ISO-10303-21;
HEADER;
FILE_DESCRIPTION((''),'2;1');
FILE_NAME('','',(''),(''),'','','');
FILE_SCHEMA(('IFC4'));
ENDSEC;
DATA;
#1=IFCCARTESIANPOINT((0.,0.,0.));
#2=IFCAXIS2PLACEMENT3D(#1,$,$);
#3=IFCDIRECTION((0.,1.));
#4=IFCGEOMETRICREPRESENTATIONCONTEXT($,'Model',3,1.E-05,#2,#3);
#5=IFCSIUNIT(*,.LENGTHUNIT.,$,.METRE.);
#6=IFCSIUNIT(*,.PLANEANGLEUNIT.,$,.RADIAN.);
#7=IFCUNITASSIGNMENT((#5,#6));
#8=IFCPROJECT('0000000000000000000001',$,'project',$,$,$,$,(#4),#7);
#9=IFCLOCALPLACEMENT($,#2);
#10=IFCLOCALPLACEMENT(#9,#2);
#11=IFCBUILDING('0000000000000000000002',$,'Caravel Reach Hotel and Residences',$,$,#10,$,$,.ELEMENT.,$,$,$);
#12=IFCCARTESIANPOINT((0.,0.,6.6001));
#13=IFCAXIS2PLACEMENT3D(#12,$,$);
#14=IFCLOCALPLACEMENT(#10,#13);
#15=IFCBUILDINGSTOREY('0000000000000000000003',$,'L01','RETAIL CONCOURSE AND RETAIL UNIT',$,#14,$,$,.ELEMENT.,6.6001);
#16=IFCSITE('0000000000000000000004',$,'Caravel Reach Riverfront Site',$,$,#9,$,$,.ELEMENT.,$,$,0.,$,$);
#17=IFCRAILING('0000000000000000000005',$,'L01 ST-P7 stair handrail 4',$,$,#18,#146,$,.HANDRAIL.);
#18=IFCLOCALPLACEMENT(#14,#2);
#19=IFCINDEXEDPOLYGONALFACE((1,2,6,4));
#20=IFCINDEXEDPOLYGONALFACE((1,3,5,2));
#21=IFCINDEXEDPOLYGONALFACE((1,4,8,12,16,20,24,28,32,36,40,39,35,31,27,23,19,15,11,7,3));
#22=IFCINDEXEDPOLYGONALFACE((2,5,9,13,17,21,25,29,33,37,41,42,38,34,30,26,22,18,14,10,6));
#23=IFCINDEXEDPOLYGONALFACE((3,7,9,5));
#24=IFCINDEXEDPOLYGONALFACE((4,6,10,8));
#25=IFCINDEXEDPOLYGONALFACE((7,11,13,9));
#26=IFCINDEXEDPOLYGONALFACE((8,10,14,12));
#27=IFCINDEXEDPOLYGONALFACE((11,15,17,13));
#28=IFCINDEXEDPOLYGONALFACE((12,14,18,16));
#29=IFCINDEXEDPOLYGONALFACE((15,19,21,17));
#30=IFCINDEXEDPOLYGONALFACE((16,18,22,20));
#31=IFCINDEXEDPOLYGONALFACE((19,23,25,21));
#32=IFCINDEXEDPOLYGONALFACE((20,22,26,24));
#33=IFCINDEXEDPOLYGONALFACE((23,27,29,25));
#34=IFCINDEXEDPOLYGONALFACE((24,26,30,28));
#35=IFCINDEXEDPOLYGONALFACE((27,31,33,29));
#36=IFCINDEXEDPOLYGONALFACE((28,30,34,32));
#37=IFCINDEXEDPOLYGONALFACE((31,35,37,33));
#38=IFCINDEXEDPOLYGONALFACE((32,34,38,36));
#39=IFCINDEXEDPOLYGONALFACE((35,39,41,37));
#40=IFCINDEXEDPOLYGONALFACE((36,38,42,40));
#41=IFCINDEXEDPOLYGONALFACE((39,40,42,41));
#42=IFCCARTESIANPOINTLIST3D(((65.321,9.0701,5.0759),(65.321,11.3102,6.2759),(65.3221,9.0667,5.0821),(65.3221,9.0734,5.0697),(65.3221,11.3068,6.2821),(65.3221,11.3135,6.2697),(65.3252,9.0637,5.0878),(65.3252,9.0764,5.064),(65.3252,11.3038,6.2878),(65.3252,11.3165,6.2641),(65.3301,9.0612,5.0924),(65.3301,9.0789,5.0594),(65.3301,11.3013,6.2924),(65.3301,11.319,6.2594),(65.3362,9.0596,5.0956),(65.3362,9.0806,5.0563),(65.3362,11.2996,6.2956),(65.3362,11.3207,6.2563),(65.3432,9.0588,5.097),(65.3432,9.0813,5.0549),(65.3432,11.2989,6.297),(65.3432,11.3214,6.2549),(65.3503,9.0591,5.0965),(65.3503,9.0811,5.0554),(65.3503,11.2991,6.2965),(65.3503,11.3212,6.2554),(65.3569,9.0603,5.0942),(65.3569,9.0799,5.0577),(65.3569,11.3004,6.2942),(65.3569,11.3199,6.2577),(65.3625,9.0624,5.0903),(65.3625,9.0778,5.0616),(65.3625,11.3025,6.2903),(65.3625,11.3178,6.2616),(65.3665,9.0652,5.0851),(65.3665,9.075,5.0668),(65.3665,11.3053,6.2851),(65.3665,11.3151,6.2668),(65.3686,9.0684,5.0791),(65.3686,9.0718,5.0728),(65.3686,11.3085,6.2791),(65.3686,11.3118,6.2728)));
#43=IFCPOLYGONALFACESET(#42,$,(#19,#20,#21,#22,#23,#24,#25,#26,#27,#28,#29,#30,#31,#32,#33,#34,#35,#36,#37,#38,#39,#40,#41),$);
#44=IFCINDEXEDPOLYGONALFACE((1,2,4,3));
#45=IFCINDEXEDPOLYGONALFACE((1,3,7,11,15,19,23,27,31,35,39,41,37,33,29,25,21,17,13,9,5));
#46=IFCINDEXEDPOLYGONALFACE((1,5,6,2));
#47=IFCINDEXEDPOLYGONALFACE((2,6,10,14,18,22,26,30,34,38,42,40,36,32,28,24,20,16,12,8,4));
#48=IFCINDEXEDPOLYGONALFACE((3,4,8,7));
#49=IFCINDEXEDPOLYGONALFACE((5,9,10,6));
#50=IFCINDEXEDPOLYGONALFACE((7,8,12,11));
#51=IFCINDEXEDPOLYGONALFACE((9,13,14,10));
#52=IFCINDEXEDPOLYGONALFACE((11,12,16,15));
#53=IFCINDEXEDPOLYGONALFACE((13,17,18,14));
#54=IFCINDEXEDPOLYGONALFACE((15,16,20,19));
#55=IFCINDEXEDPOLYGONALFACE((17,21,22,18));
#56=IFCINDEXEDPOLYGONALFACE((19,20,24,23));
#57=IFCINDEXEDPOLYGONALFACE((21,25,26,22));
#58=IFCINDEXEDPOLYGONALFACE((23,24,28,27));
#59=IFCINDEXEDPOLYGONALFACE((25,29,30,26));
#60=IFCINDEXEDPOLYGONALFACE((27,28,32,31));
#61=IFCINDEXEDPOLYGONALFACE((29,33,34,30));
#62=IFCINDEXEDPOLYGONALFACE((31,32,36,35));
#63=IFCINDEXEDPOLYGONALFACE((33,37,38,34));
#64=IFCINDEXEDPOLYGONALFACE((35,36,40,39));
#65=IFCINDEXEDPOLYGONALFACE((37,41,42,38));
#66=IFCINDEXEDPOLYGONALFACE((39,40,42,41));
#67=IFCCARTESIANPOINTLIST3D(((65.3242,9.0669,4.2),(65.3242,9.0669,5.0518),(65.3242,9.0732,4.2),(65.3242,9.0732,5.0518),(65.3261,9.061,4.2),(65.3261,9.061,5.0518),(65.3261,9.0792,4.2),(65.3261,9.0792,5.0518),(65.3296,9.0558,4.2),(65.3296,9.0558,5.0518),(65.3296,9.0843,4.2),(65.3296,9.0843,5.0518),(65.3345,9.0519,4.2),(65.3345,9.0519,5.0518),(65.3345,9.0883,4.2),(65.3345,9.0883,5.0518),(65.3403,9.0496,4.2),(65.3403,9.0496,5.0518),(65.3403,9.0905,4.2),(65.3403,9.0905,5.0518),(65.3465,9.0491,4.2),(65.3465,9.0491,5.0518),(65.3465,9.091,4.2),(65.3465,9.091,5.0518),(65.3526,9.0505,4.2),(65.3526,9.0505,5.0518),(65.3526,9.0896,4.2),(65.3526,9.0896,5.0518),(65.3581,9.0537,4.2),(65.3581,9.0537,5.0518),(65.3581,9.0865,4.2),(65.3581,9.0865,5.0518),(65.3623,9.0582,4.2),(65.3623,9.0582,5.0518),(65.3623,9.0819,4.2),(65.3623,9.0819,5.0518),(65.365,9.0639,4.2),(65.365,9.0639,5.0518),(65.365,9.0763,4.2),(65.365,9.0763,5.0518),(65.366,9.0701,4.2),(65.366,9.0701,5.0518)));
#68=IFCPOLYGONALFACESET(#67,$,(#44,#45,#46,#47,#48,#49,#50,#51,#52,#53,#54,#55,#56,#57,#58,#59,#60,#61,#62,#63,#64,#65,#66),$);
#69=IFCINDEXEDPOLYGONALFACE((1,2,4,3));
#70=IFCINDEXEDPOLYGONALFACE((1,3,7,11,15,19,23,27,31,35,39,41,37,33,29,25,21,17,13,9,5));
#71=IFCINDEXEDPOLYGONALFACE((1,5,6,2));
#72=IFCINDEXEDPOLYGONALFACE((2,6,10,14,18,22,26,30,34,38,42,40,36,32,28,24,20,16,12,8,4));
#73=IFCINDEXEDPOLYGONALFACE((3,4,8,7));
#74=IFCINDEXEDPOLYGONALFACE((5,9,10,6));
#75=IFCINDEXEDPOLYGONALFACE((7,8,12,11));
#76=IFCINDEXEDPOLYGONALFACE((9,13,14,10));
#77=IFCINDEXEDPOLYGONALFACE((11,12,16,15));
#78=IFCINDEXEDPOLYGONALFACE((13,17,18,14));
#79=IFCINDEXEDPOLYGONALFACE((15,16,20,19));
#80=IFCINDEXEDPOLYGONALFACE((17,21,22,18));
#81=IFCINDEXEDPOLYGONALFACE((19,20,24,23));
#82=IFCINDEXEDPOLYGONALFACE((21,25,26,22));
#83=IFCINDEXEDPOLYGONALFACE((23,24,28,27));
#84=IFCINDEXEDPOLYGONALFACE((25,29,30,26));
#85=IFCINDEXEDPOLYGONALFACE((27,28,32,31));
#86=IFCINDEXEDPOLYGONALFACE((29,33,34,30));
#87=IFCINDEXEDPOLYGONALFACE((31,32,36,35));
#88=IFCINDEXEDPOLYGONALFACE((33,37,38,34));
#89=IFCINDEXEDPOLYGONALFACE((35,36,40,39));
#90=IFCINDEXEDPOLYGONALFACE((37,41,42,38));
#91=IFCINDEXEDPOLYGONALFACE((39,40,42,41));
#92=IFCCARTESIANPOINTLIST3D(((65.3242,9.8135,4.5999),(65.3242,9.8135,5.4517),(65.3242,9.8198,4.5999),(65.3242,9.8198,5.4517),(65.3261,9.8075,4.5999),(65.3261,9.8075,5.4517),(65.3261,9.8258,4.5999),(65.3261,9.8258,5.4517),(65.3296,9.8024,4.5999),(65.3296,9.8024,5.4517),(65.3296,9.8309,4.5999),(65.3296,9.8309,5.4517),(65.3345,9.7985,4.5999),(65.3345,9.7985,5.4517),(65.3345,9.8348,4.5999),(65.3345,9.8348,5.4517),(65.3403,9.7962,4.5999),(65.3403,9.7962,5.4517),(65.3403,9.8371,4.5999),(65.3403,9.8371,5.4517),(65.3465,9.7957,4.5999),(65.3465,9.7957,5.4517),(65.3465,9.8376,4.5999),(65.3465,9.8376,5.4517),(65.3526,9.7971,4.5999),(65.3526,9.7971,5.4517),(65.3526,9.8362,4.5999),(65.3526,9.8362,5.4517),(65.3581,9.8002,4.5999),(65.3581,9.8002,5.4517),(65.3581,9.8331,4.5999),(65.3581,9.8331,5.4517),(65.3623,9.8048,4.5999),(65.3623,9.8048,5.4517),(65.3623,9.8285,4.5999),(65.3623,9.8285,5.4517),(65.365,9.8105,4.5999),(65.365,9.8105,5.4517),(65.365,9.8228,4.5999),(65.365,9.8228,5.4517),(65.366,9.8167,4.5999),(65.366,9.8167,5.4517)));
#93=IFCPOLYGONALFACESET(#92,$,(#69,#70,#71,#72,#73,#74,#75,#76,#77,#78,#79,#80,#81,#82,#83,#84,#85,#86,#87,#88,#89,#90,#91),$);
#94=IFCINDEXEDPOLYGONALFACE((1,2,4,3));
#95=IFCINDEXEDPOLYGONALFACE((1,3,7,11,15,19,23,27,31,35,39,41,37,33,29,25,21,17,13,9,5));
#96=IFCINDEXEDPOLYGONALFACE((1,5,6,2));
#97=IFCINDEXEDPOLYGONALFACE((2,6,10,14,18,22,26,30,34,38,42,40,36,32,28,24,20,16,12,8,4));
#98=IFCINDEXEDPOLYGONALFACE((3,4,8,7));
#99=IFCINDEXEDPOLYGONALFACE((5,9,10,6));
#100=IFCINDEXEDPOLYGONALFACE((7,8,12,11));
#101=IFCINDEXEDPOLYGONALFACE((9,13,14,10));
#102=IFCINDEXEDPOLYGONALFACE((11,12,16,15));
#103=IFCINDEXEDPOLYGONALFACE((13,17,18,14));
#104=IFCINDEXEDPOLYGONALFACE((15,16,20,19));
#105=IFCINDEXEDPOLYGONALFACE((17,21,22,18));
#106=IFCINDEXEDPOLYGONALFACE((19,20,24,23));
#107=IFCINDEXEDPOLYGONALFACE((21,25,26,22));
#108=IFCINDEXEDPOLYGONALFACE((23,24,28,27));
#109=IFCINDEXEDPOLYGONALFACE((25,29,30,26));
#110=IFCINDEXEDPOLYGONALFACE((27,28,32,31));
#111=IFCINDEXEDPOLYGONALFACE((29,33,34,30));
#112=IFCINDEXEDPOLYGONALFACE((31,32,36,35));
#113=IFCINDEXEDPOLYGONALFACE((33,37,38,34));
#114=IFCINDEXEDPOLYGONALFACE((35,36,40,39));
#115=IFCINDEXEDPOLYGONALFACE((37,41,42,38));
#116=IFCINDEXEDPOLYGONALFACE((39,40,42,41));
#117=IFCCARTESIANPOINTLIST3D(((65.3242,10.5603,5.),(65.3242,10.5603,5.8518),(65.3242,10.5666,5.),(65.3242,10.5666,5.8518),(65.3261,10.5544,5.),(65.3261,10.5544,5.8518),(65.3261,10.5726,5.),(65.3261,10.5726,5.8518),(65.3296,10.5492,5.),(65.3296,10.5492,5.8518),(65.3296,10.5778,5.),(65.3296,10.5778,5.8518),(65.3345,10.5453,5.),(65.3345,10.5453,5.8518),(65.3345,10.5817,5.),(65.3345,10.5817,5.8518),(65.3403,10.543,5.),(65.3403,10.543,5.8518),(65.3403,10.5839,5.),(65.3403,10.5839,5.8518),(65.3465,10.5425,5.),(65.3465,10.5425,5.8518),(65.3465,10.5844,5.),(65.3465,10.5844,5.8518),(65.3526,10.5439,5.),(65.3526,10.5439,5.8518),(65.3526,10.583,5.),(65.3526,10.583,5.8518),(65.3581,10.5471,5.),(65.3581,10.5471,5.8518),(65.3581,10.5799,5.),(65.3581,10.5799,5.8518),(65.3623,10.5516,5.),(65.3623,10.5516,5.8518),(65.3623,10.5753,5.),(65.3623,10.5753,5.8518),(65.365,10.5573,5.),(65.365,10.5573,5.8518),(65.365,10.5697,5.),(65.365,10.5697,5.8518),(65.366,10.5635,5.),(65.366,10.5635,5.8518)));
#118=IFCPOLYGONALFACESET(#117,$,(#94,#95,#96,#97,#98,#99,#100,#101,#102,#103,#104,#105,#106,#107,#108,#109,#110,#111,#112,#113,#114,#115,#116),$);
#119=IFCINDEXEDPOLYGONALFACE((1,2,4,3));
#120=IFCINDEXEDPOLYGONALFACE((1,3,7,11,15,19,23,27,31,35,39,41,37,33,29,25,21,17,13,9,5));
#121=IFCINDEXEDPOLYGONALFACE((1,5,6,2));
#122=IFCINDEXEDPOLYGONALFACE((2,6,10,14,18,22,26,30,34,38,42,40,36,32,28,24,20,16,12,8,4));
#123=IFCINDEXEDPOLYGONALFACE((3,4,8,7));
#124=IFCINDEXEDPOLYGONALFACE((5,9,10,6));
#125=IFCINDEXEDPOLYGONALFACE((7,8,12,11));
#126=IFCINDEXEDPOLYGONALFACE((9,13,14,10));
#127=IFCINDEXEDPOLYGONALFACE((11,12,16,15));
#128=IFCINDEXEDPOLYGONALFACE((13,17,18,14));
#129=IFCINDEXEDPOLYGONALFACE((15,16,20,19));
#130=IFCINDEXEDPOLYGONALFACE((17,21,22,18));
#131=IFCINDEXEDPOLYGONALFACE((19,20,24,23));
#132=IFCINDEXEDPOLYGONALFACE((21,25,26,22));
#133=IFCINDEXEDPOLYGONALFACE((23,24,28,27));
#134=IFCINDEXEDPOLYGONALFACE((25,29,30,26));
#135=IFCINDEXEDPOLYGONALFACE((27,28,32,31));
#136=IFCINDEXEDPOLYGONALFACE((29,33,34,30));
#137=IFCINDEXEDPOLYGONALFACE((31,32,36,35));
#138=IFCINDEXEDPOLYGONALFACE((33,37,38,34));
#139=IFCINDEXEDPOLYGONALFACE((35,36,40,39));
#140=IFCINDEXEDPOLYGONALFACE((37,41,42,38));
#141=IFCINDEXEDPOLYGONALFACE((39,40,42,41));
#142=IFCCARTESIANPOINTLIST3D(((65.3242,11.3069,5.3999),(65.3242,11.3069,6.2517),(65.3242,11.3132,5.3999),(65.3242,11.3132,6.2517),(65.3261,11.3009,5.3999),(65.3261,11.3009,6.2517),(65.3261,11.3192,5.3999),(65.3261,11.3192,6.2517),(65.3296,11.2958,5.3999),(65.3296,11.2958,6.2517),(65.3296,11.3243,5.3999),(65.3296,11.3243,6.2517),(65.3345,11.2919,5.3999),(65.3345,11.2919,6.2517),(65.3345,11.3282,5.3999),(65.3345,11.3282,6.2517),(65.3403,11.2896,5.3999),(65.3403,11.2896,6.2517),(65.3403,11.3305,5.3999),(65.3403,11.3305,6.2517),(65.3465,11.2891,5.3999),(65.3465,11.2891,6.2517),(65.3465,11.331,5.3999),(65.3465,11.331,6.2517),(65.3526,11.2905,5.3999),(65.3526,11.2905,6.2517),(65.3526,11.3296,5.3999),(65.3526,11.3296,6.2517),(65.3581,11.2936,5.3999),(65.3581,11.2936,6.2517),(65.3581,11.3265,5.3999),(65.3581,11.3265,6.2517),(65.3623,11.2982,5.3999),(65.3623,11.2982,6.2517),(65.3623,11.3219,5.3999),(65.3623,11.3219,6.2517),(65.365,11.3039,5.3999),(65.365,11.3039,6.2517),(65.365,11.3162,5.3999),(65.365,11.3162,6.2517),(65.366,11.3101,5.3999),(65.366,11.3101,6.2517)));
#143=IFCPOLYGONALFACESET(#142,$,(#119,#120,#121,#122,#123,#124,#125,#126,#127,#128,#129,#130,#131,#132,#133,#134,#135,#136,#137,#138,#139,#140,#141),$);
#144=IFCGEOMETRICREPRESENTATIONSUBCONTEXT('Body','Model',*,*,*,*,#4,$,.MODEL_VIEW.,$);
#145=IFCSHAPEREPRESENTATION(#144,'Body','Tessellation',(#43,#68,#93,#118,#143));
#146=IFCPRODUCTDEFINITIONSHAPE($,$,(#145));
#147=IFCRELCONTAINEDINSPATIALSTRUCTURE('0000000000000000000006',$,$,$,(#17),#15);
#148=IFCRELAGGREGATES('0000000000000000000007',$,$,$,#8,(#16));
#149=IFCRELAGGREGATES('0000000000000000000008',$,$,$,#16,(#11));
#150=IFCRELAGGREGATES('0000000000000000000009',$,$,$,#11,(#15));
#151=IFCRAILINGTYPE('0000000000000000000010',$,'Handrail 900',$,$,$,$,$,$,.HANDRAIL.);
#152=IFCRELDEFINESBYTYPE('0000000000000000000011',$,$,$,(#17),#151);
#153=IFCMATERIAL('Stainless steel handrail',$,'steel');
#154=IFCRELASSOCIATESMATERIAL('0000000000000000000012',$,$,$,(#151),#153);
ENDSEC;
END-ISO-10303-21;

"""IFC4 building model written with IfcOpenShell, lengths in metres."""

from ifc_helpers import new_model, si_unit, direction, frame, origin, origin_2d, place, context, subcontext, project, spatial, circle, extrude, material, type_object, element, save


model = new_model("IFC4")

# Units and contexts
model_context = context("Model", 3, precision=1e-05, world=origin(), true_north=direction((0.0, 1.0)))
body_context = subcontext(model_context, "Body", "Model", "MODEL_VIEW")
ifc_project = project(units=[si_unit("LENGTHUNIT", "METRE"), si_unit("PLANEANGLEUNIT", "RADIAN")], contexts=[model_context])

# Site, building, storey
site_placement = place(None, origin())
site = spatial("IfcSite", under=ifc_project, at=site_placement, Name="Caravel Reach Riverfront Site", CompositionType="ELEMENT", RefElevation=0.0)
building_placement = place(site_placement, origin())
building = spatial("IfcBuilding", under=site, at=building_placement, Name="Caravel Reach Hotel and Residences", CompositionType="ELEMENT")
storey_placement = place(building_placement, frame((0.0, 0.0, 6.6001)))
storey = spatial("IfcBuildingStorey", under=building, at=storey_placement, Name="L01", Description="RETAIL CONCOURSE AND RETAIL UNIT", CompositionType="ELEMENT", Elevation=6.6001)

# Railing
ifc_material_1 = material(Name="Stainless steel handrail", Category="steel")
railing_type_1 = type_object("IfcRailingType", Name="Handrail 900", PredefinedType="HANDRAIL", material=ifc_material_1)
for number, where, name in (
    (1, (65.345, 9.0701, 4.2), "L01 ST-P7 stair handrail 4"),
):
    element("IfcRailing", number, at=place(storey_placement, frame(where)), inside=storey, type_object=railing_type_1, Name=name, PredefinedType="HANDRAIL", context=body_context, shape_type="SweptSolid", body=[
        extrude(circle(Radius=0.0239, at=origin_2d()), frame((0.0, 0.0, 0.876), z_axis=(0.0, 0.881487, 0.472208), x_axis=(-1.0, 0.0, 0.0)), (0.0, 0.0, 1.0), 2.5413),
        extrude(circle(Radius=0.021, at=origin_2d()), origin(), (0.0, 0.0, 1.0), 0.8518),
        extrude(circle(Radius=0.021, at=origin_2d()), frame((0.0, 0.7466, 0.3999)), (0.0, 0.0, 1.0), 0.8518),
        extrude(circle(Radius=0.021, at=origin_2d()), frame((0.0, 1.4934, 0.8)), (0.0, 0.0, 1.0), 0.8518),
        extrude(circle(Radius=0.021, at=origin_2d()), frame((0.0, 2.24, 1.2)), (0.0, 0.0, 1.0), 0.8518),
    ])

save(model, "model.ifc")
